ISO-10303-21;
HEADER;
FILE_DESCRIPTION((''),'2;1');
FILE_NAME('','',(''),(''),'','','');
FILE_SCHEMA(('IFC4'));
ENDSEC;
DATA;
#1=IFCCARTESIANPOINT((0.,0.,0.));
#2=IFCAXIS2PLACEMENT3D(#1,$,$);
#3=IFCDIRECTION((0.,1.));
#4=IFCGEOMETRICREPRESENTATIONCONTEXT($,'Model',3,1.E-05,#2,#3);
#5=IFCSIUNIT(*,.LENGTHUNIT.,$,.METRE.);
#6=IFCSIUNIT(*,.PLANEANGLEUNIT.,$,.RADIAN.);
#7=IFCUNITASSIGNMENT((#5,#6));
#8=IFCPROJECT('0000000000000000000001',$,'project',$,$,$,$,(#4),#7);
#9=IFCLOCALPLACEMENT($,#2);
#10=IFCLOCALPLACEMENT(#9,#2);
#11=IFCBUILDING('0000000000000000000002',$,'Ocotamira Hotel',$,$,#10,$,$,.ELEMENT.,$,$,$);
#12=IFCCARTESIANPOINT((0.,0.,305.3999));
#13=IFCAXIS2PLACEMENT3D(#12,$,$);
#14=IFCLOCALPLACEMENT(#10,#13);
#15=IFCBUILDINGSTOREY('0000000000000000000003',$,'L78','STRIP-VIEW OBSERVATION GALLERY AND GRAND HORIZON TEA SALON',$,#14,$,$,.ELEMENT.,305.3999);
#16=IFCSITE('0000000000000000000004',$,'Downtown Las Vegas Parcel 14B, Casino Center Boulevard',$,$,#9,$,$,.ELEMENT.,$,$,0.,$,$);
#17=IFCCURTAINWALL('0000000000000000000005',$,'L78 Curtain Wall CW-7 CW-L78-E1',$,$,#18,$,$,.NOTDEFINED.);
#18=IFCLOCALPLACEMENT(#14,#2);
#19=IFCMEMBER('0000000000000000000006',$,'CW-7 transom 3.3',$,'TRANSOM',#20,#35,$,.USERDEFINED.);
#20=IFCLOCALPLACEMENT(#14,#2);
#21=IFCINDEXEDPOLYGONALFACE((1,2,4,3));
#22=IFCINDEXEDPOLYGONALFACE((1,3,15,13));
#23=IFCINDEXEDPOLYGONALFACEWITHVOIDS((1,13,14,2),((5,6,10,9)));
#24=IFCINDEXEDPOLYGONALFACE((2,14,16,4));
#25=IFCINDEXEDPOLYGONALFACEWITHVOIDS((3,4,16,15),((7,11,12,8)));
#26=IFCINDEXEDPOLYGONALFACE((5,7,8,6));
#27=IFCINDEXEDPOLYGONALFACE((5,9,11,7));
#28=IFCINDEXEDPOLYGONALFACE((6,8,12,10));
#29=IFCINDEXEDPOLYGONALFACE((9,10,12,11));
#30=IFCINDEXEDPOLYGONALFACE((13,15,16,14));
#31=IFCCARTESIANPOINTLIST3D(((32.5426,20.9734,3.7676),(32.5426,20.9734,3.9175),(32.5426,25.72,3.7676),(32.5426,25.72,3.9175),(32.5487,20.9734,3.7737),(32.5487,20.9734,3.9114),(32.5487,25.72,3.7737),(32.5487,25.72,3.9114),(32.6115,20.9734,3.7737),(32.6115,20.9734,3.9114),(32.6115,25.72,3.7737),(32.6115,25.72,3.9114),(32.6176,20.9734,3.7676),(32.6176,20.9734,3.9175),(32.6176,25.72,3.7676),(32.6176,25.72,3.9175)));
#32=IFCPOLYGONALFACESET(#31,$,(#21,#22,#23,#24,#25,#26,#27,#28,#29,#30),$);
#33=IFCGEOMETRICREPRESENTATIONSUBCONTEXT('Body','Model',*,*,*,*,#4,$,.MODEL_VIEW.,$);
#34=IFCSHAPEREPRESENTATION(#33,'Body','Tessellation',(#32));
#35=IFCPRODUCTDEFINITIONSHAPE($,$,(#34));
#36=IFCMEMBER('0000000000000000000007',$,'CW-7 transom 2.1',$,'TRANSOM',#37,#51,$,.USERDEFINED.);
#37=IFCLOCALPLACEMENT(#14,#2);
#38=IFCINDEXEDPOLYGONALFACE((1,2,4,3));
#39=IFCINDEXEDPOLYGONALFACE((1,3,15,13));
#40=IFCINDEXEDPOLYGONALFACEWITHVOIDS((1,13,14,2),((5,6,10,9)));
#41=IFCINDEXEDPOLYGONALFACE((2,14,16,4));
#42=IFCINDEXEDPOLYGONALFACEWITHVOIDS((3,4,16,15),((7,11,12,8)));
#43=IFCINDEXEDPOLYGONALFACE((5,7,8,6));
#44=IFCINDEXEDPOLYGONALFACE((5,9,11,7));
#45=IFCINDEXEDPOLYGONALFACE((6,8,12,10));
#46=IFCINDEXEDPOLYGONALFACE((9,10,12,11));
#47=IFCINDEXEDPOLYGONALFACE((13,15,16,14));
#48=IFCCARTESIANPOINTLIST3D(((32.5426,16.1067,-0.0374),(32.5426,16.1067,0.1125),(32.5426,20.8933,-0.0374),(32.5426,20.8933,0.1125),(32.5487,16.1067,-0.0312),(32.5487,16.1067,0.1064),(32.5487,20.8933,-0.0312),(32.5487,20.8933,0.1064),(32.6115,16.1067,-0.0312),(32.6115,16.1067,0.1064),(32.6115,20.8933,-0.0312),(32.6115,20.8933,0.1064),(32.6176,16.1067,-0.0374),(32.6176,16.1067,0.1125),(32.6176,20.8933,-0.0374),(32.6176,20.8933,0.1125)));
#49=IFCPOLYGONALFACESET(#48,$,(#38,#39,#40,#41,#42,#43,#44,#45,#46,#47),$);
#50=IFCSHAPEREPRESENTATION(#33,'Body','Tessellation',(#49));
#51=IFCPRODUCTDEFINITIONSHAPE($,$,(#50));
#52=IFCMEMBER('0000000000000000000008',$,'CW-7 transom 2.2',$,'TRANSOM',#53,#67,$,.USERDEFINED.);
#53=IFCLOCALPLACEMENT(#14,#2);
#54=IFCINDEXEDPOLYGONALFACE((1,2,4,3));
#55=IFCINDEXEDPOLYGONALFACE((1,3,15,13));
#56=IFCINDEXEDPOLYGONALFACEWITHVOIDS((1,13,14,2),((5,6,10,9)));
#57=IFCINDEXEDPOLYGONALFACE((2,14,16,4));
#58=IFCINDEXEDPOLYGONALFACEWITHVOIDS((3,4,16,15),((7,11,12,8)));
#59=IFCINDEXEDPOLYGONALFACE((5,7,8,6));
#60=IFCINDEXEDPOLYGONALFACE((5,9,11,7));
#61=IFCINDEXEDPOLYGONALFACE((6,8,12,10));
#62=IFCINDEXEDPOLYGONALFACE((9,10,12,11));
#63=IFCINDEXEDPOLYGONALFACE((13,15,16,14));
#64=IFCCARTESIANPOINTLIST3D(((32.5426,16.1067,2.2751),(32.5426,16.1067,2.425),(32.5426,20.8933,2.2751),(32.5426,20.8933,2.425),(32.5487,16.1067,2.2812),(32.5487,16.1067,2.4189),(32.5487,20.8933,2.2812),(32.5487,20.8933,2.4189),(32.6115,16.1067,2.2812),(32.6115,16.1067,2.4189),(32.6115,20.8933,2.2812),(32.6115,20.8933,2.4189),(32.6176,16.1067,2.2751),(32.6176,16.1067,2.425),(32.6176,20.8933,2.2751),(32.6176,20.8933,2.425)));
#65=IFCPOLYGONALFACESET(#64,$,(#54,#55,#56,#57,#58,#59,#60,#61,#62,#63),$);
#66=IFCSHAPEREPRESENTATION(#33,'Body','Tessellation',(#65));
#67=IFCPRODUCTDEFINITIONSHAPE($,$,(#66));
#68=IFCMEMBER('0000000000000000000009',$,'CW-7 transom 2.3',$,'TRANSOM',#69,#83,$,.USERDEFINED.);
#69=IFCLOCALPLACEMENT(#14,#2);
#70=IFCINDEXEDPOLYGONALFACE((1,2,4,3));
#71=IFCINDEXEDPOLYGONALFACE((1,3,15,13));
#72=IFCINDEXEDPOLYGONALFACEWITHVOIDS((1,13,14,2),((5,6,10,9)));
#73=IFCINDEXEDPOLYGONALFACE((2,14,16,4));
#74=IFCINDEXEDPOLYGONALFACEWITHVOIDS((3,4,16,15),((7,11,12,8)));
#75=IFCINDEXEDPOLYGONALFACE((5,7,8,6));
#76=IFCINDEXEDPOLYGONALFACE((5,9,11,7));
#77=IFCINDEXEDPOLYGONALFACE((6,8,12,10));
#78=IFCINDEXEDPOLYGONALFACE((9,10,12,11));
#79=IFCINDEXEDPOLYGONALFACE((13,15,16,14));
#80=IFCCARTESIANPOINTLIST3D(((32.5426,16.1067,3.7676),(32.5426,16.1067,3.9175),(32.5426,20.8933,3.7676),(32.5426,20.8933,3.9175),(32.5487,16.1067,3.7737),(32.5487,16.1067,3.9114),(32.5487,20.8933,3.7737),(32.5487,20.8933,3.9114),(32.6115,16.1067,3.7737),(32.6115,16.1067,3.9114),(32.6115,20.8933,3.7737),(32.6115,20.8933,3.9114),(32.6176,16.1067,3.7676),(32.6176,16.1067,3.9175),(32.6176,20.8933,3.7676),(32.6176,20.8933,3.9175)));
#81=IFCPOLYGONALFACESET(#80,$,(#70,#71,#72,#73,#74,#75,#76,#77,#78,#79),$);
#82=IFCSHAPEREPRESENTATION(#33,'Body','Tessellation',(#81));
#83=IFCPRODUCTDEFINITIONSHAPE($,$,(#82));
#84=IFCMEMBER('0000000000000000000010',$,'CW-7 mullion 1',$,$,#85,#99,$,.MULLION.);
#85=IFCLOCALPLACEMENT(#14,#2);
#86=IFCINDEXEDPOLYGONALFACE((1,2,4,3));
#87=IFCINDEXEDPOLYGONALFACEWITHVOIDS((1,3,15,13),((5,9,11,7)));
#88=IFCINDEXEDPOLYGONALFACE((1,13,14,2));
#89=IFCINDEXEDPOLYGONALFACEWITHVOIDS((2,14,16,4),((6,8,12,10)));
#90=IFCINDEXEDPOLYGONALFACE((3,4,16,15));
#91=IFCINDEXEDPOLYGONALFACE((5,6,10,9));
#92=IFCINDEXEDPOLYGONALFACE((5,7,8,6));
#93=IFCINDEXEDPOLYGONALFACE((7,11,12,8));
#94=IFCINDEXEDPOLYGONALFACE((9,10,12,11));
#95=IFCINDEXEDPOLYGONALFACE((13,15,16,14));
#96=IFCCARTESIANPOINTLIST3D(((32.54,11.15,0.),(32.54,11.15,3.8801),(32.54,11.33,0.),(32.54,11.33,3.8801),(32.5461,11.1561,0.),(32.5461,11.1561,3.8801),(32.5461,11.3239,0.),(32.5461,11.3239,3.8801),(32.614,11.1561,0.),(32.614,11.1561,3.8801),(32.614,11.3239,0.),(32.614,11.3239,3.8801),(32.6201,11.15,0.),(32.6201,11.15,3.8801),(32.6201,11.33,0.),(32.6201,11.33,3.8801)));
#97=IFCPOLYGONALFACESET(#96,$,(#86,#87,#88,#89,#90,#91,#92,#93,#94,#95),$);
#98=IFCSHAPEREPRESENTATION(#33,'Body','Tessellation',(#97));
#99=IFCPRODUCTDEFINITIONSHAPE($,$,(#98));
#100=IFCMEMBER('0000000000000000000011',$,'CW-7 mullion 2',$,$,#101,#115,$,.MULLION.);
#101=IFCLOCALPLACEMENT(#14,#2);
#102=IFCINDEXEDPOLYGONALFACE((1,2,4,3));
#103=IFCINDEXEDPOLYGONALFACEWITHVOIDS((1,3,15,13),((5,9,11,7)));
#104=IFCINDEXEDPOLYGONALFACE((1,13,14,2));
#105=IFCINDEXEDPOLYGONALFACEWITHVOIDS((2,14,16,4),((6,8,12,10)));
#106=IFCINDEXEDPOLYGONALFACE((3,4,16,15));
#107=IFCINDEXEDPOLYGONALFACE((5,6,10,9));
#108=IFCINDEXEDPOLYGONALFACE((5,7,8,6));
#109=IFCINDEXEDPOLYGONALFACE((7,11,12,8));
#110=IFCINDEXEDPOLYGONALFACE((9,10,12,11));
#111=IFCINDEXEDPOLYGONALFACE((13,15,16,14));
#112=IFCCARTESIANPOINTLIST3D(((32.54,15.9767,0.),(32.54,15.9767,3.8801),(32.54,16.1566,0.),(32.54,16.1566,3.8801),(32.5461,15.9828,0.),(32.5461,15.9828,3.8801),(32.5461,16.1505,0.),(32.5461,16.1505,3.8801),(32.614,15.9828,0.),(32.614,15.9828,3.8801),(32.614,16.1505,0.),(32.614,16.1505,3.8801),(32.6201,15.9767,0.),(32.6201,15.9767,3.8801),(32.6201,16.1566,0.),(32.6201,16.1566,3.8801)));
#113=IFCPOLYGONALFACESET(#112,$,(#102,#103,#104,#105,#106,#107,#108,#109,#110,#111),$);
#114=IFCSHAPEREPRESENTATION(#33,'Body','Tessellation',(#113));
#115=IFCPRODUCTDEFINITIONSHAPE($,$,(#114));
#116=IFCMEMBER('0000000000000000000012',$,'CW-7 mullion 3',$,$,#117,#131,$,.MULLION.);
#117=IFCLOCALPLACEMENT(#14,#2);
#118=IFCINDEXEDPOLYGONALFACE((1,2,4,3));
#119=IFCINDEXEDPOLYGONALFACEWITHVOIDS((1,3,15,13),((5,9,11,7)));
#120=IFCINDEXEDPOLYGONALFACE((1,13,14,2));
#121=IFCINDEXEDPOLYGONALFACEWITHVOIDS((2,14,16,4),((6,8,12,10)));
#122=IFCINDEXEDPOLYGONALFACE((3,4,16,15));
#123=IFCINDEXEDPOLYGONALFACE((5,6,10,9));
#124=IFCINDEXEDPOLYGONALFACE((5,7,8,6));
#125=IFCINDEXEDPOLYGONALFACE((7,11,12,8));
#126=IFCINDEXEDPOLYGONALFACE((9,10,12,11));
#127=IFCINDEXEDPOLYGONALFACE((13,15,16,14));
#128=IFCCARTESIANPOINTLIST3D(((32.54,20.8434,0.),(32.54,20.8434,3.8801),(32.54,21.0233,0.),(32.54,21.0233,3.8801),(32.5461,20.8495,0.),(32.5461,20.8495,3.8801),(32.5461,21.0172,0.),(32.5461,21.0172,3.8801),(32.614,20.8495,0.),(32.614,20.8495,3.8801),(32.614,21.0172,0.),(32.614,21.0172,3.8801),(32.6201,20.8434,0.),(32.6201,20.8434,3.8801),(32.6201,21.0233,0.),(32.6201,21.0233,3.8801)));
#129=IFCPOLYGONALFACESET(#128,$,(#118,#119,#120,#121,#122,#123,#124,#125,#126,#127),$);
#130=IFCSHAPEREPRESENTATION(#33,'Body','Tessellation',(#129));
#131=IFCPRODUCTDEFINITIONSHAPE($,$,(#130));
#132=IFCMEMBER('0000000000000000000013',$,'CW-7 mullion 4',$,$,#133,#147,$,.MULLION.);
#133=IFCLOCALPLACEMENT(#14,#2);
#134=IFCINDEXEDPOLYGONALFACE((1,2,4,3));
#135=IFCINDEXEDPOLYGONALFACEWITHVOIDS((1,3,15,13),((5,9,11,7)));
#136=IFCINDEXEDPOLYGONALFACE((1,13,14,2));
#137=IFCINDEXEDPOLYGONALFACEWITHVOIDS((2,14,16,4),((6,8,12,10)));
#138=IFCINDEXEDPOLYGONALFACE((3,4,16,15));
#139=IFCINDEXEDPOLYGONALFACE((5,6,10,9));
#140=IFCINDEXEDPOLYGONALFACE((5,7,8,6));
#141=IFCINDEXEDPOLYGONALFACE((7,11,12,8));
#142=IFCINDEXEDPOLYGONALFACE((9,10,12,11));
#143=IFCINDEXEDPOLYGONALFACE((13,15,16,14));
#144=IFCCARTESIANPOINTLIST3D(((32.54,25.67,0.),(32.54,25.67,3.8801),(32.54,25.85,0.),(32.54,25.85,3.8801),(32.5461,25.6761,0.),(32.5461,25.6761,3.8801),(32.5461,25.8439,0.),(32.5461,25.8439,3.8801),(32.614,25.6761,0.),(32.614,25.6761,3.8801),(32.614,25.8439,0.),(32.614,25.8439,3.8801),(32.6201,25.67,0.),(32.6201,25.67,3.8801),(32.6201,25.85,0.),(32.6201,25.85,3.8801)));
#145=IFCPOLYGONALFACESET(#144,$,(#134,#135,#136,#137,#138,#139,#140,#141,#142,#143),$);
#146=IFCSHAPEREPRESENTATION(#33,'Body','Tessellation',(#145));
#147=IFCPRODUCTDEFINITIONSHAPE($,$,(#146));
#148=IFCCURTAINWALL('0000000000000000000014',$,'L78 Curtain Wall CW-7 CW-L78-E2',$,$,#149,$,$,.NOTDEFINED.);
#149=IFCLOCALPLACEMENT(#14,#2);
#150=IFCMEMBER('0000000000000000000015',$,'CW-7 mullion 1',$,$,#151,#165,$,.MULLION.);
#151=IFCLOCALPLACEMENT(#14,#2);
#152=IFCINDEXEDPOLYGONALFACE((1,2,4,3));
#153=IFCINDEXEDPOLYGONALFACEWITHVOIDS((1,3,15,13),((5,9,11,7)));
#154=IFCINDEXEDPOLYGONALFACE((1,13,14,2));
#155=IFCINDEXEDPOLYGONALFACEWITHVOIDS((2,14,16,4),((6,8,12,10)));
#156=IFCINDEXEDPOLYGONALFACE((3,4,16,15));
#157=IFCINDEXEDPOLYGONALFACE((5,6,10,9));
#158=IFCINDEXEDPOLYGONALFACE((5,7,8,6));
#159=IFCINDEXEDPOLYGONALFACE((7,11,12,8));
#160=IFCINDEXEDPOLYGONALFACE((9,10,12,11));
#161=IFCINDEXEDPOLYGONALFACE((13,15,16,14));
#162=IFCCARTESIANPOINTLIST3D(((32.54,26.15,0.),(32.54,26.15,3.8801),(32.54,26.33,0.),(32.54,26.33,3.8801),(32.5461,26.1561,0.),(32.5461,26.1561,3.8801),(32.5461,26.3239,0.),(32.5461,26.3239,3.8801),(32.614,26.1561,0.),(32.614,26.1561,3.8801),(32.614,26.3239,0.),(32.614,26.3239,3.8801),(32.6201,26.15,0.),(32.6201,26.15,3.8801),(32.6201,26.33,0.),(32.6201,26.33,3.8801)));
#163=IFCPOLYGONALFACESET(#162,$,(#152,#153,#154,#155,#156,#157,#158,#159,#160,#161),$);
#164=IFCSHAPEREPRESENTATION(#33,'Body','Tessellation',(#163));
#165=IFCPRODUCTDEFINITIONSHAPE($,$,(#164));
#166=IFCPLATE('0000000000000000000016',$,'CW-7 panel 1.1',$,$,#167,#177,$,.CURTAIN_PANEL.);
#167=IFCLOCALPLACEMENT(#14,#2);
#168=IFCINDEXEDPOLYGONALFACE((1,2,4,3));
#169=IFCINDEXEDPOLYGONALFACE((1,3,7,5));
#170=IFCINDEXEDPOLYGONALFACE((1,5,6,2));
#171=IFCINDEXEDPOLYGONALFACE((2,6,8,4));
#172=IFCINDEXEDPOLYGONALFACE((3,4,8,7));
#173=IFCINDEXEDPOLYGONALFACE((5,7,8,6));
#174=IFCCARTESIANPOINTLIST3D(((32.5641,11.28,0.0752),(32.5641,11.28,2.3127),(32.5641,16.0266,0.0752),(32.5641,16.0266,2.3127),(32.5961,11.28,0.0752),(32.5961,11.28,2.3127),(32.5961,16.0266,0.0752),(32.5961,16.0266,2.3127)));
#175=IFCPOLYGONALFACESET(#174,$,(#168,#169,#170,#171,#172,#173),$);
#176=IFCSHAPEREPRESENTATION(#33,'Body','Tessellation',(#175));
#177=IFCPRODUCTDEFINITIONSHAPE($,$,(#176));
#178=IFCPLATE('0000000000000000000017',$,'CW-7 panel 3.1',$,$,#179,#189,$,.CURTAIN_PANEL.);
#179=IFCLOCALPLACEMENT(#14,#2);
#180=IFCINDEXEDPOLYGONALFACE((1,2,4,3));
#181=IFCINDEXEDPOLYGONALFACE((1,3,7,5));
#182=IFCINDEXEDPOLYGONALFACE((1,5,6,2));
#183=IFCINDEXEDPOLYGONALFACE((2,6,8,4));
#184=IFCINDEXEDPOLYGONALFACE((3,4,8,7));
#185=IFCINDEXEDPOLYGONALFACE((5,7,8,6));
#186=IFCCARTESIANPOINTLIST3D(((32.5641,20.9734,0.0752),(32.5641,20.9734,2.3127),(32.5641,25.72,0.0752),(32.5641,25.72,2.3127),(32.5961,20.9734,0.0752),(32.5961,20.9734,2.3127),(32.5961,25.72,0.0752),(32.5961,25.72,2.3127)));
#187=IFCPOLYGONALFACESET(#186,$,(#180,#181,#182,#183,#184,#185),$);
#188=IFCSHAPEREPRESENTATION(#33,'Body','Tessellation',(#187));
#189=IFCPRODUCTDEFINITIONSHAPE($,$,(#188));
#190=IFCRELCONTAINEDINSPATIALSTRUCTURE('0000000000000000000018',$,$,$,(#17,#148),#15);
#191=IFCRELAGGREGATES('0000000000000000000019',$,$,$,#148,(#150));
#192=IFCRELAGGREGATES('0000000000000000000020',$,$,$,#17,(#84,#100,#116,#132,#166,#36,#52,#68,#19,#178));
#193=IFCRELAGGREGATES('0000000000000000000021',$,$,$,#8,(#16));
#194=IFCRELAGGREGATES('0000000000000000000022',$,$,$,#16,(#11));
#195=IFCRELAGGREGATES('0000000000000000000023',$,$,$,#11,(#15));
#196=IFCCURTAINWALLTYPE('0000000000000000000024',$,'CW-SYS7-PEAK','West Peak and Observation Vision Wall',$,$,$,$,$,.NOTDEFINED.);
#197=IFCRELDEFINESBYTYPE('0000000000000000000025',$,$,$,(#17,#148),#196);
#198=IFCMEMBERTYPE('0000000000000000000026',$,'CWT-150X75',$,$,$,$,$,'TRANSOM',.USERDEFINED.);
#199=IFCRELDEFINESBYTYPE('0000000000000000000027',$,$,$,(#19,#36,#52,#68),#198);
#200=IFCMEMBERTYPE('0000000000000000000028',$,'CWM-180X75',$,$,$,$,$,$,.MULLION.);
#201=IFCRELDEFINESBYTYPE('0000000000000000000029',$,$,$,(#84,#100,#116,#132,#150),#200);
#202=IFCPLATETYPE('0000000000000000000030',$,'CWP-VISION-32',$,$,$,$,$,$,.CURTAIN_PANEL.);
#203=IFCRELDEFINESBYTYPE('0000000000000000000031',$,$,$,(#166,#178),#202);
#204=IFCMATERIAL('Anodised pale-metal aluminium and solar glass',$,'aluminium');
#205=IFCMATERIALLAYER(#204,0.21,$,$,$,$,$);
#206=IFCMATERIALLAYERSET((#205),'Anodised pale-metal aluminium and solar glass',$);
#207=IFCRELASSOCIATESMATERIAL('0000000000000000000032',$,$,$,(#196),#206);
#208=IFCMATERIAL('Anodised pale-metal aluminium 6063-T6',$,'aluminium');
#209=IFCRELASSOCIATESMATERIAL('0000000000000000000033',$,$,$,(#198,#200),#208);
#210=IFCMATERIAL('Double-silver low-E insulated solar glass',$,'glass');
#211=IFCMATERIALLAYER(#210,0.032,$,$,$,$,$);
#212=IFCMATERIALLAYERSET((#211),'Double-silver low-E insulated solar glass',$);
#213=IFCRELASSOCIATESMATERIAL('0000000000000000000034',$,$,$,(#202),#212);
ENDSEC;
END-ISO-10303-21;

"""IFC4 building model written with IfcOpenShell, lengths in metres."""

from ifc_helpers import new_model, si_unit, direction, frame, origin, origin_2d, place, context, subcontext, project, spatial, rectangle, hollow_rectangle, extrude, source, transform, mapped, material, layer, layer_set, material_profile, profile_set, type_object, element, aggregate, save


model = new_model("IFC4")

# Units and contexts
model_context = context("Model", 3, precision=1e-05, world=origin(), true_north=direction((0.0, 1.0)))
body_context = subcontext(model_context, "Body", "Model", "MODEL_VIEW")
ifc_project = project(units=[si_unit("LENGTHUNIT", "METRE"), si_unit("PLANEANGLEUNIT", "RADIAN")], contexts=[model_context])

# Site, building, storey
site_placement = place(None, origin())
site = spatial("IfcSite", under=ifc_project, at=site_placement, Name="Downtown Las Vegas Parcel 14B, Casino Center Boulevard", CompositionType="ELEMENT", RefElevation=0.0)
building_placement = place(site_placement, origin())
building = spatial("IfcBuilding", under=site, at=building_placement, Name="Ocotamira Hotel", CompositionType="ELEMENT")
storey_placement = place(building_placement, frame((0.0, 0.0, 305.3999)))
storey = spatial("IfcBuildingStorey", under=building, at=storey_placement, Name="L78", Description="STRIP-VIEW OBSERVATION GALLERY AND GRAND HORIZON TEA SALON", CompositionType="ELEMENT", Elevation=305.3999)

# Curtain wall, members
ifc_material_1 = material(Name="Anodised pale-metal aluminium and solar glass", Category="aluminium")
ifc_layer_1 = layer(ifc_material_1, 0.21)
ifc_layer_set_1 = layer_set([ifc_layer_1], Name="Anodised pale-metal aluminium and solar glass")
curtain_wall_type = type_object("IfcCurtainWallType", Name="CW-SYS7-PEAK", Description="West Peak and Observation Vision Wall", PredefinedType="NOTDEFINED", material=ifc_layer_set_1)
curtain_wall_1_placement = place(storey_placement, origin())
curtain_wall_1 = element("IfcCurtainWall", 1, at=curtain_wall_1_placement, inside=storey, type_object=curtain_wall_type, Name="L78 Curtain Wall CW-7 CW-L78-E1", PredefinedType="NOTDEFINED")
ifc_material_2 = material(Name="Anodised pale-metal aluminium 6063-T6", Category="aluminium")
ifc_material_profile_1 = material_profile(ifc_material_2, hollow_rectangle(XDim=0.075, YDim=0.1499, WallThickness=0.0061, at=origin_2d()), Name="HSS150X75X6")
ifc_profile_set_1 = profile_set([ifc_material_profile_1], Name="Anodised pale-metal aluminium 6063-T6")
member_type_1 = type_object("IfcMemberType", Name="CWT-150X75", ElementType="TRANSOM", PredefinedType="USERDEFINED", material=ifc_profile_set_1)
shared_shape_1 = source(origin(), body_context, "Body", "SweptSolid", [
    extrude(hollow_rectangle(XDim=0.075, YDim=0.1499, WallThickness=0.0061, at=origin_2d()), origin(), (0.0, 0.0, 1.0), 4.7466),
])
member_1_placement = place(storey_placement, frame((32.5801, 20.9734, 3.8425), z_axis=(0.0, 1.0, 0.0), x_axis=(-1.0, 0.0, 0.0)))
member_1 = element("IfcMember", 2, at=member_1_placement, type_object=member_type_1, Name="CW-7 transom 3.3", ObjectType="TRANSOM", PredefinedType="USERDEFINED", context=body_context, shape_type="MappedRepresentation", body=[
    mapped(shared_shape_1, transform((0.0, 0.0, 0.0), scale=1.0)),
])
shared_shape_2 = source(origin(), body_context, "Body", "SweptSolid", [
    extrude(hollow_rectangle(XDim=0.075, YDim=0.1499, WallThickness=0.0061, at=origin_2d()), origin(), (0.0, 0.0, 1.0), 4.7866),
])
member_2_placement = place(storey_placement, frame((32.5801, 16.1067, 0.0376), z_axis=(0.0, 1.0, 0.0), x_axis=(-1.0, 0.0, 0.0)))
member_2 = element("IfcMember", 3, at=member_2_placement, type_object=member_type_1, Name="CW-7 transom 2.1", ObjectType="TRANSOM", PredefinedType="USERDEFINED", context=body_context, shape_type="MappedRepresentation", body=[
    mapped(shared_shape_2, transform((0.0, 0.0, 0.0), scale=1.0)),
])
member_3_placement = place(storey_placement, frame((32.5801, 16.1067, 2.3501), z_axis=(0.0, 1.0, 0.0), x_axis=(-1.0, 0.0, 0.0)))
member_3 = element("IfcMember", 4, at=member_3_placement, type_object=member_type_1, Name="CW-7 transom 2.2", ObjectType="TRANSOM", PredefinedType="USERDEFINED", context=body_context, shape_type="MappedRepresentation", body=[
    mapped(shared_shape_2, transform((0.0, 0.0, 0.0), scale=1.0)),
])
member_4_placement = place(storey_placement, frame((32.5801, 16.1067, 3.8425), z_axis=(0.0, 1.0, 0.0), x_axis=(-1.0, 0.0, 0.0)))
member_4 = element("IfcMember", 5, at=member_4_placement, type_object=member_type_1, Name="CW-7 transom 2.3", ObjectType="TRANSOM", PredefinedType="USERDEFINED", context=body_context, shape_type="MappedRepresentation", body=[
    mapped(shared_shape_2, transform((0.0, 0.0, 0.0), scale=1.0)),
])
ifc_material_profile_2 = material_profile(ifc_material_2, hollow_rectangle(XDim=0.0801, YDim=0.1799, WallThickness=0.0061, at=origin_2d()), Name="HSS180X80X6")
ifc_profile_set_2 = profile_set([ifc_material_profile_2], Name="Anodised pale-metal aluminium 6063-T6")
member_type_2 = type_object("IfcMemberType", Name="CWM-180X75", PredefinedType="MULLION", material=ifc_profile_set_2)
shared_shape_3 = source(origin(), body_context, "Body", "SweptSolid", [
    extrude(hollow_rectangle(XDim=0.0801, YDim=0.1799, WallThickness=0.0061, at=origin_2d()), origin(), (0.0, 0.0, 1.0), 3.8801),
])
member_5_placement = place(storey_placement, frame((32.5801, 11.24, 0.0), z_axis=(0.0, 0.0, 1.0), x_axis=(-1.0, 0.0, 0.0)))
member_5 = element("IfcMember", 6, at=member_5_placement, type_object=member_type_2, Name="CW-7 mullion 1", PredefinedType="MULLION", context=body_context, shape_type="MappedRepresentation", body=[
    mapped(shared_shape_3, transform((0.0, 0.0, 0.0), scale=1.0)),
])
member_6_placement = place(storey_placement, frame((32.5801, 16.0667, 0.0), z_axis=(0.0, 0.0, 1.0), x_axis=(-1.0, 0.0, 0.0)))
member_6 = element("IfcMember", 7, at=member_6_placement, type_object=member_type_2, Name="CW-7 mullion 2", PredefinedType="MULLION", context=body_context, shape_type="MappedRepresentation", body=[
    mapped(shared_shape_3, transform((0.0, 0.0, 0.0), scale=1.0)),
])
member_7_placement = place(storey_placement, frame((32.5801, 20.9333, 0.0), z_axis=(0.0, 0.0, 1.0), x_axis=(-1.0, 0.0, 0.0)))
member_7 = element("IfcMember", 8, at=member_7_placement, type_object=member_type_2, Name="CW-7 mullion 3", PredefinedType="MULLION", context=body_context, shape_type="MappedRepresentation", body=[
    mapped(shared_shape_3, transform((0.0, 0.0, 0.0), scale=1.0)),
])
member_8_placement = place(storey_placement, frame((32.5801, 25.76, 0.0), z_axis=(0.0, 0.0, 1.0), x_axis=(-1.0, 0.0, 0.0)))
member_8 = element("IfcMember", 9, at=member_8_placement, type_object=member_type_2, Name="CW-7 mullion 4", PredefinedType="MULLION", context=body_context, shape_type="MappedRepresentation", body=[
    mapped(shared_shape_3, transform((0.0, 0.0, 0.0), scale=1.0)),
])

# Curtain wall, member
curtain_wall_2_placement = place(storey_placement, origin())
curtain_wall_2 = element("IfcCurtainWall", 10, at=curtain_wall_2_placement, inside=storey, type_object=curtain_wall_type, Name="L78 Curtain Wall CW-7 CW-L78-E2", PredefinedType="NOTDEFINED")
member_9_placement = place(storey_placement, frame((32.5801, 26.24, 0.0), z_axis=(0.0, 0.0, 1.0), x_axis=(-1.0, 0.0, 0.0)))
member_9 = element("IfcMember", 11, at=member_9_placement, type_object=member_type_2, Name="CW-7 mullion 1", PredefinedType="MULLION", context=body_context, shape_type="MappedRepresentation", body=[
    mapped(shared_shape_3, transform((0.0, 0.0, 0.0), scale=1.0)),
])
aggregate(curtain_wall_2, [member_9])

# Plates
ifc_material_3 = material(Name="Double-silver low-E insulated solar glass", Category="glass")
ifc_layer_2 = layer(ifc_material_3, 0.032)
ifc_layer_set_2 = layer_set([ifc_layer_2], Name="Double-silver low-E insulated solar glass")
plate_type = type_object("IfcPlateType", Name="CWP-VISION-32", PredefinedType="CURTAIN_PANEL", material=ifc_layer_set_2)
shared_shape_4 = source(origin(), body_context, "Body", "SweptSolid", [
    extrude(rectangle(XDim=4.7466, YDim=0.032, at=origin_2d()), origin(), (0.0, 0.0, 1.0), 2.2375),
])
plate_1_placement = place(storey_placement, frame((32.5801, 13.6533, 0.0752), z_axis=(0.0, 0.0, 1.0), x_axis=(0.0, 1.0, 0.0)))
plate_1 = element("IfcPlate", 12, at=plate_1_placement, type_object=plate_type, Name="CW-7 panel 1.1", PredefinedType="CURTAIN_PANEL", context=body_context, shape_type="MappedRepresentation", body=[
    mapped(shared_shape_4, transform((0.0, 0.0, 0.0), scale=1.0)),
])
plate_2_placement = place(storey_placement, frame((32.5801, 23.3467, 0.0752), z_axis=(0.0, 0.0, 1.0), x_axis=(0.0, 1.0, 0.0)))
plate_2 = element("IfcPlate", 13, at=plate_2_placement, type_object=plate_type, Name="CW-7 panel 3.1", PredefinedType="CURTAIN_PANEL", context=body_context, shape_type="MappedRepresentation", body=[
    mapped(shared_shape_4, transform((0.0, 0.0, 0.0), scale=1.0)),
])
aggregate(curtain_wall_1, [member_5, member_6, member_7, member_8, plate_1, member_2, member_3, member_4, member_1, plate_2])

save(model, "model.ifc")
